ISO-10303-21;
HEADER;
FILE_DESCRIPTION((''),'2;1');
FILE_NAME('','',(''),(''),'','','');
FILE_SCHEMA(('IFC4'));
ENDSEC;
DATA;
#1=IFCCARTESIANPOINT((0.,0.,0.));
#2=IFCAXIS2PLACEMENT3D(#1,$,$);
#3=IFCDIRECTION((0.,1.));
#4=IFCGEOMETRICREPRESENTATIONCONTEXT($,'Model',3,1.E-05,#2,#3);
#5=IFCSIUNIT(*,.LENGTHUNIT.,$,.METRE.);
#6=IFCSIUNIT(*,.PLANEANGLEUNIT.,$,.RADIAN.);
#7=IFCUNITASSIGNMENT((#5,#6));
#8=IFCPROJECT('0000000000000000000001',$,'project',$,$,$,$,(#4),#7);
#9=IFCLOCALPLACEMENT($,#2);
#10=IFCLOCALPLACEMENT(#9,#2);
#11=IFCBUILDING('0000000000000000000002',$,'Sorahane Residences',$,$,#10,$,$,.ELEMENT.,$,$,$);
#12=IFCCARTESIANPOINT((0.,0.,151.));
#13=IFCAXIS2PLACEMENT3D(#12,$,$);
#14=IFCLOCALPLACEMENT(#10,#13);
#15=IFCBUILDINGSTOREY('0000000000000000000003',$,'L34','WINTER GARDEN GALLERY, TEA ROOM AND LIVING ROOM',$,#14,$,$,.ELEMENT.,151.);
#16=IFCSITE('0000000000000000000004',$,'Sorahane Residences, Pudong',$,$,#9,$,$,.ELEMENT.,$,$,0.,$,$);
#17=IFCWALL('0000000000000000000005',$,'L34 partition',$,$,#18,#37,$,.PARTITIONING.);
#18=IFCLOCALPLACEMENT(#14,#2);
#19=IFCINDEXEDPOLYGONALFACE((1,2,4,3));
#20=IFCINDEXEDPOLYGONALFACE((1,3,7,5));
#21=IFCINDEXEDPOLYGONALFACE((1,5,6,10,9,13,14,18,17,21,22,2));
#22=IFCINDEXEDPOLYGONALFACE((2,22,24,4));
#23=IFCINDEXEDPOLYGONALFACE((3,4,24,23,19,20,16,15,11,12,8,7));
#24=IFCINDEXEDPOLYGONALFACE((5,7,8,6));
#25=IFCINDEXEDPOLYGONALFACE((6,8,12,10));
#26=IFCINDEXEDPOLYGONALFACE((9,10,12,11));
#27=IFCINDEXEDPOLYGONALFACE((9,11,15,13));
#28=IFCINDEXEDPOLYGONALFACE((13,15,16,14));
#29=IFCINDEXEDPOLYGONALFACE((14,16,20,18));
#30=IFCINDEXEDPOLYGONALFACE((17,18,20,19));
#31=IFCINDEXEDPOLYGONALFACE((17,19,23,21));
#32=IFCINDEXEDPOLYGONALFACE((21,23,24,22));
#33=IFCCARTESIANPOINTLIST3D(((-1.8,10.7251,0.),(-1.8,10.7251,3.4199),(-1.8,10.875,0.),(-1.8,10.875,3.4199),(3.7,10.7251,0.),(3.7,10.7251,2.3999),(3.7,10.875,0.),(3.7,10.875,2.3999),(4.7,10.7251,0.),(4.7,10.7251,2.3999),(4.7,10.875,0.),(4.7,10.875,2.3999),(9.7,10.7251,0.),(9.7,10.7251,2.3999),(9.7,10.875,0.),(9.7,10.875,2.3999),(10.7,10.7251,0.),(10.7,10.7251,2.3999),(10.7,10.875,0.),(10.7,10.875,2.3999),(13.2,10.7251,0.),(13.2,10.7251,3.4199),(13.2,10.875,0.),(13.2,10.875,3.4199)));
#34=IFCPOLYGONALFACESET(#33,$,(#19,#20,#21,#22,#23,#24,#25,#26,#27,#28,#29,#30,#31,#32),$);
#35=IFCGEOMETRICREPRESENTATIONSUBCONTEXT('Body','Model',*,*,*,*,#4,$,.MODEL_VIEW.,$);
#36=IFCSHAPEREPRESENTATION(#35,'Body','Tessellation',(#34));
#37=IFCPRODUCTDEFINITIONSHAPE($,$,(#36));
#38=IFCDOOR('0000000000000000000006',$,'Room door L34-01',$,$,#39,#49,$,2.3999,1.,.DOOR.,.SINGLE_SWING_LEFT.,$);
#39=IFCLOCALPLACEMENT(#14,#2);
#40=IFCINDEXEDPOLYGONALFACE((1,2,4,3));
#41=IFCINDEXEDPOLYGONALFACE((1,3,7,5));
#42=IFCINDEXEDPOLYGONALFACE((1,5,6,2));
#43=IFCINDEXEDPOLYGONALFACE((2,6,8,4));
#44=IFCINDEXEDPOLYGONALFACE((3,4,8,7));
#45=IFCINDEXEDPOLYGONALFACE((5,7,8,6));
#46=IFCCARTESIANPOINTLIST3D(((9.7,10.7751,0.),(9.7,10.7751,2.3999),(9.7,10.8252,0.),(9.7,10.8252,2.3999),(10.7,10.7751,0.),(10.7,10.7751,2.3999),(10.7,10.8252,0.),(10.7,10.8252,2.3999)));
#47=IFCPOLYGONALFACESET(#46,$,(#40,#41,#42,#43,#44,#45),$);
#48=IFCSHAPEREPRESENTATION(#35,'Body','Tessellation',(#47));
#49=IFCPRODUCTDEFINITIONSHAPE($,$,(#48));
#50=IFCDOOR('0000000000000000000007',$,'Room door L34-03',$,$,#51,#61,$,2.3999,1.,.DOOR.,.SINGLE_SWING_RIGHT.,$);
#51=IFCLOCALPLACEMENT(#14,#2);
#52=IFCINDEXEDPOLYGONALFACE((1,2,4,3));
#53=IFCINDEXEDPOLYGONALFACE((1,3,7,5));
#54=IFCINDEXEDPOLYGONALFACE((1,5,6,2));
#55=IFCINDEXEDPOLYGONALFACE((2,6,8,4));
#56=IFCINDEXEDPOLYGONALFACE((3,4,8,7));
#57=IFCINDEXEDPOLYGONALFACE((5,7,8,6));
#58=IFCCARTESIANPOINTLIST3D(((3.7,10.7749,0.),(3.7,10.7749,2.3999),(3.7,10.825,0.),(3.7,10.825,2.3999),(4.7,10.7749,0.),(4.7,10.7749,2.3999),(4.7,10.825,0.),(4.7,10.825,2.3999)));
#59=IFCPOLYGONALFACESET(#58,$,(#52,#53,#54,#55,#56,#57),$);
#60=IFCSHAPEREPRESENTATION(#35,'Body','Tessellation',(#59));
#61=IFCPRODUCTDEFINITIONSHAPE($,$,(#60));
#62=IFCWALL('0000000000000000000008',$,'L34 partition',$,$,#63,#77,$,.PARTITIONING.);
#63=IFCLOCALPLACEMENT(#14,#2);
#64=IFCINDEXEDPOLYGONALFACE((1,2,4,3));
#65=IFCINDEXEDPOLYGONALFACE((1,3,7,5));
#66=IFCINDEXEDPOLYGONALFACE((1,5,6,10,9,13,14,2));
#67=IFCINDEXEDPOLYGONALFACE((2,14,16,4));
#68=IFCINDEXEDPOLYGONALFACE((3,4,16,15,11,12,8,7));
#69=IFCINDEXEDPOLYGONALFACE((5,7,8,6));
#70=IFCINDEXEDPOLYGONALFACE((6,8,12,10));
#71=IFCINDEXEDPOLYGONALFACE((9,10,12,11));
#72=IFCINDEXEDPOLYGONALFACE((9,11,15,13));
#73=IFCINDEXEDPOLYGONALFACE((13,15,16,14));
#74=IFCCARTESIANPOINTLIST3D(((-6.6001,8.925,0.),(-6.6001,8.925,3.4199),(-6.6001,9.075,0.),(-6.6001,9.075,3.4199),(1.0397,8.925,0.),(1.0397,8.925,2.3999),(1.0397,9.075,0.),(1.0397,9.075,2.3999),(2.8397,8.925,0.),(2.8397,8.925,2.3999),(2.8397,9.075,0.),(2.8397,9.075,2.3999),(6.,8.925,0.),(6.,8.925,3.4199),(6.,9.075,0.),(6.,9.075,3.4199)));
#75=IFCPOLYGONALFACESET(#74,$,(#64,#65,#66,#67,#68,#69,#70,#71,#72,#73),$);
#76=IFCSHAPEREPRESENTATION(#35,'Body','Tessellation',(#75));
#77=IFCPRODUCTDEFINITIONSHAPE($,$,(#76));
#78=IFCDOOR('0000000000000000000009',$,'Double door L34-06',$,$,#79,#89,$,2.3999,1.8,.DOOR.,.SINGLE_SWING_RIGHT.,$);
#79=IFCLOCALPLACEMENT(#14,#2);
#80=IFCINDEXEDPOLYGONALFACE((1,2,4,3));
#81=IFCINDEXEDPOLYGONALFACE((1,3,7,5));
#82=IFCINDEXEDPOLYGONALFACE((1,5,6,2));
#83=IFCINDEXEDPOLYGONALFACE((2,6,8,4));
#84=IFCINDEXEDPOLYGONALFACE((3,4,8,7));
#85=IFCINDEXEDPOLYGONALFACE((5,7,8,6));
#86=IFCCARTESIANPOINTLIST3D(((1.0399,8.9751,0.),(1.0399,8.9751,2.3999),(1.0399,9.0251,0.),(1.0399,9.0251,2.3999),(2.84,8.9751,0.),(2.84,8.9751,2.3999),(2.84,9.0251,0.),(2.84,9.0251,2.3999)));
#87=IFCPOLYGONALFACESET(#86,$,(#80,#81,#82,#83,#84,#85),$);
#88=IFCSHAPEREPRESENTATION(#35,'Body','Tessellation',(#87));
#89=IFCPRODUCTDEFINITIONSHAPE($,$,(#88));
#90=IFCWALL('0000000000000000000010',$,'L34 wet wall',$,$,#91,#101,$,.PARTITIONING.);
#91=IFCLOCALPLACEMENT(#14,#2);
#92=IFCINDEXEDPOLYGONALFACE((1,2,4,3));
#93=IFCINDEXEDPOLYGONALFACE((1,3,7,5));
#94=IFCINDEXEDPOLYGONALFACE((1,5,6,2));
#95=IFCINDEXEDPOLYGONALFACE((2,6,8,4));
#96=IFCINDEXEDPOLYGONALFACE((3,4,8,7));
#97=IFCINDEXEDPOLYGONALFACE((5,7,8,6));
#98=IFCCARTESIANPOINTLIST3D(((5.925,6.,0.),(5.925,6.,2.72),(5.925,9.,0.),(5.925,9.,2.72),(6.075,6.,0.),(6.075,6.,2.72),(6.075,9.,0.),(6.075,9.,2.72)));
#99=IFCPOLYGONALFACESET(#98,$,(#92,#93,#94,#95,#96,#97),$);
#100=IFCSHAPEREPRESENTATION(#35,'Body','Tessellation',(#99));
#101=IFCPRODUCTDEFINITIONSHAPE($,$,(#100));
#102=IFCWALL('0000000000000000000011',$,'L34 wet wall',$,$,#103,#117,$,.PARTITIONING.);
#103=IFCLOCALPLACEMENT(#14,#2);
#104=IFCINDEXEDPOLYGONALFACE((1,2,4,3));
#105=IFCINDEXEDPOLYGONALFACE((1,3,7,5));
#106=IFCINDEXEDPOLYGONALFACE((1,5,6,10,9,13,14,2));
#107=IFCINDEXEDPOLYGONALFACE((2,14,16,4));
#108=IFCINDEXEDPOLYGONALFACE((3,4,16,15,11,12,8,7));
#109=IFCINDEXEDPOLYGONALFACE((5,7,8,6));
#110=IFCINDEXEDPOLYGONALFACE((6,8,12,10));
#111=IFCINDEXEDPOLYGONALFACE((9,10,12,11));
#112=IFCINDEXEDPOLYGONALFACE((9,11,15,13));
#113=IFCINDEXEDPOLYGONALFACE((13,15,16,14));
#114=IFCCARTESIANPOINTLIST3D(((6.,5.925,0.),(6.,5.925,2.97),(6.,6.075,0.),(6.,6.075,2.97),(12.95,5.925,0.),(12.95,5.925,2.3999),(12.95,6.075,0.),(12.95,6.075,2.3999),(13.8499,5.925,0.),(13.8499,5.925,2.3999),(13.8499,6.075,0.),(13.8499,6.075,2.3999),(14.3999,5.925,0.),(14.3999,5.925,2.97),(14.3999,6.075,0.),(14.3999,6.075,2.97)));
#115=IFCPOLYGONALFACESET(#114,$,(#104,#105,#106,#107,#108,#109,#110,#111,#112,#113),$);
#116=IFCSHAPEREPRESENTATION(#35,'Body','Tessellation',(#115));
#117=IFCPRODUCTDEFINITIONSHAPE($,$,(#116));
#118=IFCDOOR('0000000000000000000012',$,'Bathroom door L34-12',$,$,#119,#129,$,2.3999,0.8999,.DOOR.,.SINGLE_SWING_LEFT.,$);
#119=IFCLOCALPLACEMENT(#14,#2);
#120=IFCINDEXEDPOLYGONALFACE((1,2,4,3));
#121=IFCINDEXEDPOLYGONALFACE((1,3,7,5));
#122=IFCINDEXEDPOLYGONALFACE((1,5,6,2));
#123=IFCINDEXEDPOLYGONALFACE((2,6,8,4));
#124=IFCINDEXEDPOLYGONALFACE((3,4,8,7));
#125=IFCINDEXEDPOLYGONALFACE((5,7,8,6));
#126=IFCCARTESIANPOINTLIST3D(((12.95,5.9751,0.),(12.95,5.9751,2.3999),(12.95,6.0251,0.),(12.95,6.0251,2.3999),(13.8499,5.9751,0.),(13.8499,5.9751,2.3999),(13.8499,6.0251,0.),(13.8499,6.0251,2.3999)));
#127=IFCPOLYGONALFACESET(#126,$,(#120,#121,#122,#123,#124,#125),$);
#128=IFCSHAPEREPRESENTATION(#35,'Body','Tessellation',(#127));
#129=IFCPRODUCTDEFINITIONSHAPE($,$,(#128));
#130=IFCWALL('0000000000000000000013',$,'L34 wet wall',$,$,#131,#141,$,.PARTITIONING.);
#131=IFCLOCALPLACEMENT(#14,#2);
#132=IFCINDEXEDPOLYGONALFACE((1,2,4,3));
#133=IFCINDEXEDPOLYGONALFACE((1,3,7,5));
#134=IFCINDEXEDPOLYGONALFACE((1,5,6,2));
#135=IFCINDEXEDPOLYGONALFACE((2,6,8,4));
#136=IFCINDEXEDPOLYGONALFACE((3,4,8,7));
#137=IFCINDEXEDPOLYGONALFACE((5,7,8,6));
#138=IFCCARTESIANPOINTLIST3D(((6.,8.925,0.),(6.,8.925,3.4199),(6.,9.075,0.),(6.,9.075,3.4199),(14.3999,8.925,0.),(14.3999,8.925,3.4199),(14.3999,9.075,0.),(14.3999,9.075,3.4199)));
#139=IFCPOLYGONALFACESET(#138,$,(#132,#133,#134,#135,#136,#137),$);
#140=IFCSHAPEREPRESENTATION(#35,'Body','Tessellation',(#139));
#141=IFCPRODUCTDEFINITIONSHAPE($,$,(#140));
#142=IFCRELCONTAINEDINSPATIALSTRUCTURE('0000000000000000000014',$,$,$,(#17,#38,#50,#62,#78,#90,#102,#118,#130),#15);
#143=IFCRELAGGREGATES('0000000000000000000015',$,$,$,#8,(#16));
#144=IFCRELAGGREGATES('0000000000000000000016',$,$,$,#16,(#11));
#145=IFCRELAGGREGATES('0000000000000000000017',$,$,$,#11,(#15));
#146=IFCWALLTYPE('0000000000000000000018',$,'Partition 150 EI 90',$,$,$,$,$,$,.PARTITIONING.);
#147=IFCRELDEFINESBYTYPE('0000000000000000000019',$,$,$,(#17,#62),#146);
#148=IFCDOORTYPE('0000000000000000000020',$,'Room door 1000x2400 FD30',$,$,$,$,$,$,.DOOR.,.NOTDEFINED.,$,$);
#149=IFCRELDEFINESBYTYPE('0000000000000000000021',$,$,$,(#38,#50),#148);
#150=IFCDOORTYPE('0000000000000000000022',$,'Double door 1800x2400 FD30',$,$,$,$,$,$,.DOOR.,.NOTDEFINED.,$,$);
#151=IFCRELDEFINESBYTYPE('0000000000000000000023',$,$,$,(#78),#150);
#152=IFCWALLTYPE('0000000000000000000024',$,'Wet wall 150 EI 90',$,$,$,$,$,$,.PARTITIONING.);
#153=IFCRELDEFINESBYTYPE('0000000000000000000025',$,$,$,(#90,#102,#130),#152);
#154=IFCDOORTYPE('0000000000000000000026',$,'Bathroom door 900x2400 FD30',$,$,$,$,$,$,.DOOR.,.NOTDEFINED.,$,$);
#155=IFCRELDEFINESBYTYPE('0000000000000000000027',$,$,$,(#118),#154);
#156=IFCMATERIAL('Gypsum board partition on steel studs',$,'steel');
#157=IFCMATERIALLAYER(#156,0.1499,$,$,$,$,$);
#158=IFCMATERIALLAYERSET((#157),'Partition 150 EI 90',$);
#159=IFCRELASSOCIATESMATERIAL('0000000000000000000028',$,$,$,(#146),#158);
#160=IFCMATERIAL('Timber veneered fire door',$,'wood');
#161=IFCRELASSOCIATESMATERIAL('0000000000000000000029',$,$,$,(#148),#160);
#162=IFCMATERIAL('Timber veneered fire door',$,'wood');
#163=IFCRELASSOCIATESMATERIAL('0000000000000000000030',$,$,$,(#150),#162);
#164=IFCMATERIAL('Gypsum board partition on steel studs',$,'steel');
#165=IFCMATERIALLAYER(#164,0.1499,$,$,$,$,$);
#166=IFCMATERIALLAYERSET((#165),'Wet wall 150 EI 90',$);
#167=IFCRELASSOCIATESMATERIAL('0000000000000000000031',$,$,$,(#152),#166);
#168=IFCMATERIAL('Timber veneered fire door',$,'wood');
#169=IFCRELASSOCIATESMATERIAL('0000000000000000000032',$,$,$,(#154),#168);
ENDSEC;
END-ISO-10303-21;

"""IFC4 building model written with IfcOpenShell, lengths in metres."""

from ifc_helpers import new_model, si_unit, direction, frame, frame_2d, origin, place, context, subcontext, project, spatial, rectangle, extrude, material, layer, layer_set, type_object, element, fill, save


model = new_model("IFC4")

# Units and contexts
model_context = context("Model", 3, precision=1e-05, world=origin(), true_north=direction((0.0, 1.0)))
body_context = subcontext(model_context, "Body", "Model", "MODEL_VIEW")
ifc_project = project(units=[si_unit("LENGTHUNIT", "METRE"), si_unit("PLANEANGLEUNIT", "RADIAN")], contexts=[model_context])

# Site, building, storey
site_placement = place(None, origin())
site = spatial("IfcSite", under=ifc_project, at=site_placement, Name="Sorahane Residences, Pudong", CompositionType="ELEMENT", RefElevation=0.0)
building_placement = place(site_placement, origin())
building = spatial("IfcBuilding", under=site, at=building_placement, Name="Sorahane Residences", CompositionType="ELEMENT")
storey_placement = place(building_placement, frame((0.0, 0.0, 151.0)))
storey = spatial("IfcBuildingStorey", under=building, at=storey_placement, Name="L34", Description="WINTER GARDEN GALLERY, TEA ROOM AND LIVING ROOM", CompositionType="ELEMENT", Elevation=151.0)

# Wall, openings, doors
ifc_material_1 = material(Name="Gypsum board partition on steel studs", Category="steel")
ifc_layer_1 = layer(ifc_material_1, 0.1499)
ifc_layer_set_1 = layer_set([ifc_layer_1], Name="Partition 150 EI 90")
wall_type_1 = type_object("IfcWallType", Name="Partition 150 EI 90", PredefinedType="PARTITIONING", material=ifc_layer_set_1)
wall_1_placement = place(storey_placement, frame((-1.8, 10.8, 0.0), z_axis=(0.0, 0.0, 1.0), x_axis=(1.0, 0.0, 0.0)))
wall_1 = element("IfcWall", 1, at=wall_1_placement, inside=storey, type_object=wall_type_1, Name="L34 partition", PredefinedType="PARTITIONING", context=body_context, shape_type="SweptSolid", body=[
    extrude(rectangle(XDim=15.0, YDim=0.1499, at=frame_2d((7.5, 0.0))), origin(), (0.0, 0.0, 1.0), 3.4199),
])
opening_1_placement = place(wall_1_placement, frame((11.5, 0.0, 0.0)))
opening_1 = element("IfcOpeningElement", 2, at=opening_1_placement, cuts=wall_1, PredefinedType="OPENING", context=body_context, shape_type="SweptSolid", body=[
    extrude(rectangle(XDim=1.0, YDim=2.3999, at=frame_2d((0.5, 1.2))), frame((0.0, 0.085, 0.0), z_axis=(0.0, -1.0, 0.0), x_axis=(1.0, 0.0, 0.0)), (0.0, 0.0, 1.0), 0.1699),
])
opening_2_placement = place(wall_1_placement, frame((5.5, 0.0, 0.0)))
opening_2 = element("IfcOpeningElement", 3, at=opening_2_placement, cuts=wall_1, PredefinedType="OPENING", context=body_context, shape_type="SweptSolid", body=[
    extrude(rectangle(XDim=1.0, YDim=2.3999, at=frame_2d((0.5, 1.2))), frame((0.0, 0.085, 0.0), z_axis=(0.0, -1.0, 0.0), x_axis=(1.0, 0.0, 0.0)), (0.0, 0.0, 1.0), 0.1699),
])
ifc_material_2 = material(Name="Timber veneered fire door", Category="wood")
door_type_1 = type_object("IfcDoorType", Name="Room door 1000x2400 FD30", OperationType="NOTDEFINED", PredefinedType="DOOR", material=ifc_material_2)
door_1_placement = place(opening_1_placement, frame((1.0, 0.0, 0.0), z_axis=(0.0, 0.0, 1.0), x_axis=(-1.0, 0.0, 0.0)))
door_1 = element("IfcDoor", 4, at=door_1_placement, inside=storey, type_object=door_type_1, Name="Room door L34-01", OperationType="SINGLE_SWING_LEFT", OverallHeight=2.3999, OverallWidth=1.0, PredefinedType="DOOR", context=body_context, shape_type="SweptSolid", body=[
    extrude(rectangle(XDim=1.0, YDim=2.3999, at=frame_2d((0.5, 1.2))), frame((0.0, 0.0249, 0.0), z_axis=(0.0, -1.0, 0.0), x_axis=(1.0, 0.0, 0.0)), (0.0, 0.0, 1.0), 0.05),
])
fill(opening_1, door_1)
door_2_placement = place(opening_2_placement, origin())
door_2 = element("IfcDoor", 5, at=door_2_placement, inside=storey, type_object=door_type_1, Name="Room door L34-03", OperationType="SINGLE_SWING_RIGHT", OverallHeight=2.3999, OverallWidth=1.0, PredefinedType="DOOR", context=body_context, shape_type="SweptSolid", body=[
    extrude(rectangle(XDim=1.0, YDim=2.3999, at=frame_2d((0.5, 1.2))), frame((0.0, 0.0249, 0.0), z_axis=(0.0, -1.0, 0.0), x_axis=(1.0, 0.0, 0.0)), (0.0, 0.0, 1.0), 0.05),
])
fill(opening_2, door_2)

# Wall, opening, door
wall_2_placement = place(storey_placement, frame((-6.6001, 9.0, 0.0), z_axis=(0.0, 0.0, 1.0), x_axis=(1.0, 0.0, 0.0)))
wall_2 = element("IfcWall", 6, at=wall_2_placement, inside=storey, type_object=wall_type_1, Name="L34 partition", PredefinedType="PARTITIONING", context=body_context, shape_type="SweptSolid", body=[
    extrude(rectangle(XDim=12.6001, YDim=0.1499, at=frame_2d((6.3, 0.0))), origin(), (0.0, 0.0, 1.0), 3.4199),
])
opening_3_placement = place(wall_2_placement, frame((7.6399, 0.0, 0.0)))
opening_3 = element("IfcOpeningElement", 7, at=opening_3_placement, cuts=wall_2, PredefinedType="OPENING", context=body_context, shape_type="SweptSolid", body=[
    extrude(rectangle(XDim=1.8, YDim=2.3999, at=frame_2d((0.8999, 1.2))), frame((0.0, 0.085, 0.0), z_axis=(0.0, -1.0, 0.0), x_axis=(1.0, 0.0, 0.0)), (0.0, 0.0, 1.0), 0.1699),
])
ifc_material_3 = material(Name="Timber veneered fire door", Category="wood")
door_type_2 = type_object("IfcDoorType", Name="Double door 1800x2400 FD30", OperationType="NOTDEFINED", PredefinedType="DOOR", material=ifc_material_3)
door_3_placement = place(opening_3_placement, frame((1.8, 0.0, 0.0), z_axis=(0.0, 0.0, 1.0), x_axis=(-1.0, 0.0, 0.0)))
door_3 = element("IfcDoor", 8, at=door_3_placement, inside=storey, type_object=door_type_2, Name="Double door L34-06", OperationType="SINGLE_SWING_RIGHT", OverallHeight=2.3999, OverallWidth=1.8, PredefinedType="DOOR", context=body_context, shape_type="SweptSolid", body=[
    extrude(rectangle(XDim=1.8, YDim=2.3999, at=frame_2d((0.8999, 1.2))), frame((0.0, 0.0249, 0.0), z_axis=(0.0, -1.0, 0.0), x_axis=(1.0, 0.0, 0.0)), (0.0, 0.0, 1.0), 0.05),
])
fill(opening_3, door_3)

# Wall
ifc_material_4 = material(Name="Gypsum board partition on steel studs", Category="steel")
ifc_layer_2 = layer(ifc_material_4, 0.1499)
ifc_layer_set_2 = layer_set([ifc_layer_2], Name="Wet wall 150 EI 90")
wall_type_2 = type_object("IfcWallType", Name="Wet wall 150 EI 90", PredefinedType="PARTITIONING", material=ifc_layer_set_2)
wall_3_placement = place(storey_placement, frame((6.0, 6.0, 0.0), z_axis=(0.0, 0.0, 1.0), x_axis=(0.0, 1.0, 0.0)))
element("IfcWall", 9, at=wall_3_placement, inside=storey, type_object=wall_type_2, Name="L34 wet wall", PredefinedType="PARTITIONING", context=body_context, shape_type="SweptSolid", body=[
    extrude(rectangle(XDim=3.0, YDim=0.1499, at=frame_2d((1.5, 0.0))), origin(), (0.0, 0.0, 1.0), 2.72),
])

# Wall, opening, door
wall_4_placement = place(storey_placement, frame((6.0, 6.0, 0.0), z_axis=(0.0, 0.0, 1.0), x_axis=(1.0, 0.0, 0.0)))
wall_4 = element("IfcWall", 10, at=wall_4_placement, inside=storey, type_object=wall_type_2, Name="L34 wet wall", PredefinedType="PARTITIONING", context=body_context, shape_type="SweptSolid", body=[
    extrude(rectangle(XDim=8.3999, YDim=0.1499, at=frame_2d((4.2, 0.0))), origin(), (0.0, 0.0, 1.0), 2.97),
])
opening_4_placement = place(wall_4_placement, frame((6.95, 0.0, 0.0)))
opening_4 = element("IfcOpeningElement", 11, at=opening_4_placement, cuts=wall_4, PredefinedType="OPENING", context=body_context, shape_type="SweptSolid", body=[
    extrude(rectangle(XDim=0.8999, YDim=2.3999, at=frame_2d((0.45, 1.2))), frame((0.0, 0.085, 0.0), z_axis=(0.0, -1.0, 0.0), x_axis=(1.0, 0.0, 0.0)), (0.0, 0.0, 1.0), 0.1699),
])
ifc_material_5 = material(Name="Timber veneered fire door", Category="wood")
door_type_3 = type_object("IfcDoorType", Name="Bathroom door 900x2400 FD30", OperationType="NOTDEFINED", PredefinedType="DOOR", material=ifc_material_5)
door_4_placement = place(opening_4_placement, frame((0.8999, 0.0, 0.0), z_axis=(0.0, 0.0, 1.0), x_axis=(-1.0, 0.0, 0.0)))
door_4 = element("IfcDoor", 12, at=door_4_placement, inside=storey, type_object=door_type_3, Name="Bathroom door L34-12", OperationType="SINGLE_SWING_LEFT", OverallHeight=2.3999, OverallWidth=0.8999, PredefinedType="DOOR", context=body_context, shape_type="SweptSolid", body=[
    extrude(rectangle(XDim=0.8999, YDim=2.3999, at=frame_2d((0.45, 1.2))), frame((0.0, 0.0249, 0.0), z_axis=(0.0, -1.0, 0.0), x_axis=(1.0, 0.0, 0.0)), (0.0, 0.0, 1.0), 0.05),
])
fill(opening_4, door_4)

# Wall
wall_5_placement = place(storey_placement, frame((6.0, 9.0, 0.0), z_axis=(0.0, 0.0, 1.0), x_axis=(1.0, 0.0, 0.0)))
element("IfcWall", 13, at=wall_5_placement, inside=storey, type_object=wall_type_2, Name="L34 wet wall", PredefinedType="PARTITIONING", context=body_context, shape_type="SweptSolid", body=[
    extrude(rectangle(XDim=8.3999, YDim=0.1499, at=frame_2d((4.2, 0.0))), origin(), (0.0, 0.0, 1.0), 3.4199),
])

save(model, "model.ifc")
